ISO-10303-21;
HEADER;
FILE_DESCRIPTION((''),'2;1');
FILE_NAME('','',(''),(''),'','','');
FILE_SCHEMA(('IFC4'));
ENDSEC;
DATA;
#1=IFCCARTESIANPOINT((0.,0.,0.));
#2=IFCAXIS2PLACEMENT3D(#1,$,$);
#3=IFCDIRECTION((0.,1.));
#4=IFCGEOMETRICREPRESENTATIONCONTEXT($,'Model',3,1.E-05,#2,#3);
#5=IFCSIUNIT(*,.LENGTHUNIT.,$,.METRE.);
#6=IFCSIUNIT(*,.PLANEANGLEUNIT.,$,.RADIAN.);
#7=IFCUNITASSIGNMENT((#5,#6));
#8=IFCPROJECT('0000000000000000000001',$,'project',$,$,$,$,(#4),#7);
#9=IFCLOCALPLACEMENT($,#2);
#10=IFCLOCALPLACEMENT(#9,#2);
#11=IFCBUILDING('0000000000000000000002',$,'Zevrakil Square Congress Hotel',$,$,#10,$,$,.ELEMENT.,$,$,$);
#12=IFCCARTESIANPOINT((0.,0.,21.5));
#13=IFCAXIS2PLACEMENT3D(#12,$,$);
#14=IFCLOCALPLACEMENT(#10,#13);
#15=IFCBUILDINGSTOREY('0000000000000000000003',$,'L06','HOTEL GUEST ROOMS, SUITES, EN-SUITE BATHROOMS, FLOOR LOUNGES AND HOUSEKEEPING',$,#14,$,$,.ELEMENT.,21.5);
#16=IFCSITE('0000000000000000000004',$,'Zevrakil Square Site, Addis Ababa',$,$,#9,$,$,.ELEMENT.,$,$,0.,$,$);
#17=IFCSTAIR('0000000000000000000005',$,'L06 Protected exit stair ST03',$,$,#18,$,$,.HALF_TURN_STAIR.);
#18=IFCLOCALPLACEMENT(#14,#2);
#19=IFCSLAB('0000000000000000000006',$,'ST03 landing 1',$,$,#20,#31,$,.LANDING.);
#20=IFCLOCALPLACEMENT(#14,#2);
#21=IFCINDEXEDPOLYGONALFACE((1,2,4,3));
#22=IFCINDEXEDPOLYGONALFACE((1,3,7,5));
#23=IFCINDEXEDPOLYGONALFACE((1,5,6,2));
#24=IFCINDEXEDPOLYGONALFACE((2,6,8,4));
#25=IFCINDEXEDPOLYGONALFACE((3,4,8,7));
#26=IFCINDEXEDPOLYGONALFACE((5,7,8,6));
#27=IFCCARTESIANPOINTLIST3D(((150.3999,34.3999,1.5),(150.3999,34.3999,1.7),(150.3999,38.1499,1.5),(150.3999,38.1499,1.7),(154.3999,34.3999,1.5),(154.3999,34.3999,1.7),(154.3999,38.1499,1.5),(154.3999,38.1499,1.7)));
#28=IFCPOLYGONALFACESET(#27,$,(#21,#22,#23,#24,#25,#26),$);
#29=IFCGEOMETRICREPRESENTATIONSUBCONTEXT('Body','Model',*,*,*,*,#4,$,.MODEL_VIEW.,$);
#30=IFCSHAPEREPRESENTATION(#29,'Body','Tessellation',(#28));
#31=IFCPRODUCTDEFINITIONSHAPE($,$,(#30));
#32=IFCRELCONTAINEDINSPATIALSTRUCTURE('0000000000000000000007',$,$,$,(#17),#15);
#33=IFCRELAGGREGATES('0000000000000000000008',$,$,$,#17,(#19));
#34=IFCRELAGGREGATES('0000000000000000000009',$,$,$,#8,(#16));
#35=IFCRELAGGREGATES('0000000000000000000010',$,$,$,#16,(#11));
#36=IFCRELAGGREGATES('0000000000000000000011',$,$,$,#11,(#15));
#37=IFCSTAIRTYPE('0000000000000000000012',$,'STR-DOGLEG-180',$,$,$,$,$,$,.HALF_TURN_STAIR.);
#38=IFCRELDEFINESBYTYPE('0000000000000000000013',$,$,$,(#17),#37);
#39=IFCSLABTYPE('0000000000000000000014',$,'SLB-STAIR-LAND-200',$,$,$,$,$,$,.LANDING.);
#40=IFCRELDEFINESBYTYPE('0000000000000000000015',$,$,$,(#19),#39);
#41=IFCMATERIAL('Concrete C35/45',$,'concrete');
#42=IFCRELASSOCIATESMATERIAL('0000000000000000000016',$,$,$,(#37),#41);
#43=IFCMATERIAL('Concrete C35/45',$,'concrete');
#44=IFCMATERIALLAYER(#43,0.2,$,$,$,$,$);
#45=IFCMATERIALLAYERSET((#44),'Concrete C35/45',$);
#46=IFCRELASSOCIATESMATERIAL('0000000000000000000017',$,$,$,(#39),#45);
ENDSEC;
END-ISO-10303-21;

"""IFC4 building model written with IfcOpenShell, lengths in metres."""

from ifc_helpers import new_model, si_unit, direction, frame, origin, place, context, subcontext, project, spatial, polyline, outline, extrude, material, layer, layer_set, type_object, element, aggregate, save


model = new_model("IFC4")

# Units and contexts
model_context = context("Model", 3, precision=1e-05, world=origin(), true_north=direction((0.0, 1.0)))
body_context = subcontext(model_context, "Body", "Model", "MODEL_VIEW")
ifc_project = project(units=[si_unit("LENGTHUNIT", "METRE"), si_unit("PLANEANGLEUNIT", "RADIAN")], contexts=[model_context])

# Site, building, storey
site_placement = place(None, origin())
site = spatial("IfcSite", under=ifc_project, at=site_placement, Name="Zevrakil Square Site, Addis Ababa", CompositionType="ELEMENT", RefElevation=0.0)
building_placement = place(site_placement, origin())
building = spatial("IfcBuilding", under=site, at=building_placement, Name="Zevrakil Square Congress Hotel", CompositionType="ELEMENT")
storey_placement = place(building_placement, frame((0.0, 0.0, 21.5)))
storey = spatial("IfcBuildingStorey", under=building, at=storey_placement, Name="L06", Description="HOTEL GUEST ROOMS, SUITES, EN-SUITE BATHROOMS, FLOOR LOUNGES AND HOUSEKEEPING", CompositionType="ELEMENT", Elevation=21.5)

# Stair, slab
ifc_material_1 = material(Name="Concrete C35/45", Category="concrete")
stair_type = type_object("IfcStairType", Name="STR-DOGLEG-180", PredefinedType="HALF_TURN_STAIR", material=ifc_material_1)
ifc_material_2 = material(Name="Concrete C35/45", Category="concrete")
ifc_layer_1 = layer(ifc_material_2, 0.2)
ifc_layer_set_1 = layer_set([ifc_layer_1], Name="Concrete C35/45")
slab_type_1 = type_object("IfcSlabType", Name="SLB-STAIR-LAND-200", PredefinedType="LANDING", material=ifc_layer_set_1)
stair_1_placement = place(storey_placement, origin())
stair_1 = element("IfcStair", 1, at=stair_1_placement, inside=storey, type_object=stair_type, Name="L06 Protected exit stair ST03", PredefinedType="HALF_TURN_STAIR")
slab_1_placement = place(storey_placement, frame((0.0, 0.0, 1.5)))
slab_1 = element("IfcSlab", 2, at=slab_1_placement, type_object=slab_type_1, Name="ST03 landing 1", PredefinedType="LANDING", context=body_context, shape_type="SweptSolid", body=[
    extrude(outline(polyline([(150.3999, 34.3999), (154.3999, 34.3999), (154.3999, 38.1499), (150.3999, 38.1499), (150.3999, 34.3999)])), origin(), (0.0, 0.0, 1.0), 0.2),
])
aggregate(stair_1, [slab_1])

save(model, "model.ifc")
